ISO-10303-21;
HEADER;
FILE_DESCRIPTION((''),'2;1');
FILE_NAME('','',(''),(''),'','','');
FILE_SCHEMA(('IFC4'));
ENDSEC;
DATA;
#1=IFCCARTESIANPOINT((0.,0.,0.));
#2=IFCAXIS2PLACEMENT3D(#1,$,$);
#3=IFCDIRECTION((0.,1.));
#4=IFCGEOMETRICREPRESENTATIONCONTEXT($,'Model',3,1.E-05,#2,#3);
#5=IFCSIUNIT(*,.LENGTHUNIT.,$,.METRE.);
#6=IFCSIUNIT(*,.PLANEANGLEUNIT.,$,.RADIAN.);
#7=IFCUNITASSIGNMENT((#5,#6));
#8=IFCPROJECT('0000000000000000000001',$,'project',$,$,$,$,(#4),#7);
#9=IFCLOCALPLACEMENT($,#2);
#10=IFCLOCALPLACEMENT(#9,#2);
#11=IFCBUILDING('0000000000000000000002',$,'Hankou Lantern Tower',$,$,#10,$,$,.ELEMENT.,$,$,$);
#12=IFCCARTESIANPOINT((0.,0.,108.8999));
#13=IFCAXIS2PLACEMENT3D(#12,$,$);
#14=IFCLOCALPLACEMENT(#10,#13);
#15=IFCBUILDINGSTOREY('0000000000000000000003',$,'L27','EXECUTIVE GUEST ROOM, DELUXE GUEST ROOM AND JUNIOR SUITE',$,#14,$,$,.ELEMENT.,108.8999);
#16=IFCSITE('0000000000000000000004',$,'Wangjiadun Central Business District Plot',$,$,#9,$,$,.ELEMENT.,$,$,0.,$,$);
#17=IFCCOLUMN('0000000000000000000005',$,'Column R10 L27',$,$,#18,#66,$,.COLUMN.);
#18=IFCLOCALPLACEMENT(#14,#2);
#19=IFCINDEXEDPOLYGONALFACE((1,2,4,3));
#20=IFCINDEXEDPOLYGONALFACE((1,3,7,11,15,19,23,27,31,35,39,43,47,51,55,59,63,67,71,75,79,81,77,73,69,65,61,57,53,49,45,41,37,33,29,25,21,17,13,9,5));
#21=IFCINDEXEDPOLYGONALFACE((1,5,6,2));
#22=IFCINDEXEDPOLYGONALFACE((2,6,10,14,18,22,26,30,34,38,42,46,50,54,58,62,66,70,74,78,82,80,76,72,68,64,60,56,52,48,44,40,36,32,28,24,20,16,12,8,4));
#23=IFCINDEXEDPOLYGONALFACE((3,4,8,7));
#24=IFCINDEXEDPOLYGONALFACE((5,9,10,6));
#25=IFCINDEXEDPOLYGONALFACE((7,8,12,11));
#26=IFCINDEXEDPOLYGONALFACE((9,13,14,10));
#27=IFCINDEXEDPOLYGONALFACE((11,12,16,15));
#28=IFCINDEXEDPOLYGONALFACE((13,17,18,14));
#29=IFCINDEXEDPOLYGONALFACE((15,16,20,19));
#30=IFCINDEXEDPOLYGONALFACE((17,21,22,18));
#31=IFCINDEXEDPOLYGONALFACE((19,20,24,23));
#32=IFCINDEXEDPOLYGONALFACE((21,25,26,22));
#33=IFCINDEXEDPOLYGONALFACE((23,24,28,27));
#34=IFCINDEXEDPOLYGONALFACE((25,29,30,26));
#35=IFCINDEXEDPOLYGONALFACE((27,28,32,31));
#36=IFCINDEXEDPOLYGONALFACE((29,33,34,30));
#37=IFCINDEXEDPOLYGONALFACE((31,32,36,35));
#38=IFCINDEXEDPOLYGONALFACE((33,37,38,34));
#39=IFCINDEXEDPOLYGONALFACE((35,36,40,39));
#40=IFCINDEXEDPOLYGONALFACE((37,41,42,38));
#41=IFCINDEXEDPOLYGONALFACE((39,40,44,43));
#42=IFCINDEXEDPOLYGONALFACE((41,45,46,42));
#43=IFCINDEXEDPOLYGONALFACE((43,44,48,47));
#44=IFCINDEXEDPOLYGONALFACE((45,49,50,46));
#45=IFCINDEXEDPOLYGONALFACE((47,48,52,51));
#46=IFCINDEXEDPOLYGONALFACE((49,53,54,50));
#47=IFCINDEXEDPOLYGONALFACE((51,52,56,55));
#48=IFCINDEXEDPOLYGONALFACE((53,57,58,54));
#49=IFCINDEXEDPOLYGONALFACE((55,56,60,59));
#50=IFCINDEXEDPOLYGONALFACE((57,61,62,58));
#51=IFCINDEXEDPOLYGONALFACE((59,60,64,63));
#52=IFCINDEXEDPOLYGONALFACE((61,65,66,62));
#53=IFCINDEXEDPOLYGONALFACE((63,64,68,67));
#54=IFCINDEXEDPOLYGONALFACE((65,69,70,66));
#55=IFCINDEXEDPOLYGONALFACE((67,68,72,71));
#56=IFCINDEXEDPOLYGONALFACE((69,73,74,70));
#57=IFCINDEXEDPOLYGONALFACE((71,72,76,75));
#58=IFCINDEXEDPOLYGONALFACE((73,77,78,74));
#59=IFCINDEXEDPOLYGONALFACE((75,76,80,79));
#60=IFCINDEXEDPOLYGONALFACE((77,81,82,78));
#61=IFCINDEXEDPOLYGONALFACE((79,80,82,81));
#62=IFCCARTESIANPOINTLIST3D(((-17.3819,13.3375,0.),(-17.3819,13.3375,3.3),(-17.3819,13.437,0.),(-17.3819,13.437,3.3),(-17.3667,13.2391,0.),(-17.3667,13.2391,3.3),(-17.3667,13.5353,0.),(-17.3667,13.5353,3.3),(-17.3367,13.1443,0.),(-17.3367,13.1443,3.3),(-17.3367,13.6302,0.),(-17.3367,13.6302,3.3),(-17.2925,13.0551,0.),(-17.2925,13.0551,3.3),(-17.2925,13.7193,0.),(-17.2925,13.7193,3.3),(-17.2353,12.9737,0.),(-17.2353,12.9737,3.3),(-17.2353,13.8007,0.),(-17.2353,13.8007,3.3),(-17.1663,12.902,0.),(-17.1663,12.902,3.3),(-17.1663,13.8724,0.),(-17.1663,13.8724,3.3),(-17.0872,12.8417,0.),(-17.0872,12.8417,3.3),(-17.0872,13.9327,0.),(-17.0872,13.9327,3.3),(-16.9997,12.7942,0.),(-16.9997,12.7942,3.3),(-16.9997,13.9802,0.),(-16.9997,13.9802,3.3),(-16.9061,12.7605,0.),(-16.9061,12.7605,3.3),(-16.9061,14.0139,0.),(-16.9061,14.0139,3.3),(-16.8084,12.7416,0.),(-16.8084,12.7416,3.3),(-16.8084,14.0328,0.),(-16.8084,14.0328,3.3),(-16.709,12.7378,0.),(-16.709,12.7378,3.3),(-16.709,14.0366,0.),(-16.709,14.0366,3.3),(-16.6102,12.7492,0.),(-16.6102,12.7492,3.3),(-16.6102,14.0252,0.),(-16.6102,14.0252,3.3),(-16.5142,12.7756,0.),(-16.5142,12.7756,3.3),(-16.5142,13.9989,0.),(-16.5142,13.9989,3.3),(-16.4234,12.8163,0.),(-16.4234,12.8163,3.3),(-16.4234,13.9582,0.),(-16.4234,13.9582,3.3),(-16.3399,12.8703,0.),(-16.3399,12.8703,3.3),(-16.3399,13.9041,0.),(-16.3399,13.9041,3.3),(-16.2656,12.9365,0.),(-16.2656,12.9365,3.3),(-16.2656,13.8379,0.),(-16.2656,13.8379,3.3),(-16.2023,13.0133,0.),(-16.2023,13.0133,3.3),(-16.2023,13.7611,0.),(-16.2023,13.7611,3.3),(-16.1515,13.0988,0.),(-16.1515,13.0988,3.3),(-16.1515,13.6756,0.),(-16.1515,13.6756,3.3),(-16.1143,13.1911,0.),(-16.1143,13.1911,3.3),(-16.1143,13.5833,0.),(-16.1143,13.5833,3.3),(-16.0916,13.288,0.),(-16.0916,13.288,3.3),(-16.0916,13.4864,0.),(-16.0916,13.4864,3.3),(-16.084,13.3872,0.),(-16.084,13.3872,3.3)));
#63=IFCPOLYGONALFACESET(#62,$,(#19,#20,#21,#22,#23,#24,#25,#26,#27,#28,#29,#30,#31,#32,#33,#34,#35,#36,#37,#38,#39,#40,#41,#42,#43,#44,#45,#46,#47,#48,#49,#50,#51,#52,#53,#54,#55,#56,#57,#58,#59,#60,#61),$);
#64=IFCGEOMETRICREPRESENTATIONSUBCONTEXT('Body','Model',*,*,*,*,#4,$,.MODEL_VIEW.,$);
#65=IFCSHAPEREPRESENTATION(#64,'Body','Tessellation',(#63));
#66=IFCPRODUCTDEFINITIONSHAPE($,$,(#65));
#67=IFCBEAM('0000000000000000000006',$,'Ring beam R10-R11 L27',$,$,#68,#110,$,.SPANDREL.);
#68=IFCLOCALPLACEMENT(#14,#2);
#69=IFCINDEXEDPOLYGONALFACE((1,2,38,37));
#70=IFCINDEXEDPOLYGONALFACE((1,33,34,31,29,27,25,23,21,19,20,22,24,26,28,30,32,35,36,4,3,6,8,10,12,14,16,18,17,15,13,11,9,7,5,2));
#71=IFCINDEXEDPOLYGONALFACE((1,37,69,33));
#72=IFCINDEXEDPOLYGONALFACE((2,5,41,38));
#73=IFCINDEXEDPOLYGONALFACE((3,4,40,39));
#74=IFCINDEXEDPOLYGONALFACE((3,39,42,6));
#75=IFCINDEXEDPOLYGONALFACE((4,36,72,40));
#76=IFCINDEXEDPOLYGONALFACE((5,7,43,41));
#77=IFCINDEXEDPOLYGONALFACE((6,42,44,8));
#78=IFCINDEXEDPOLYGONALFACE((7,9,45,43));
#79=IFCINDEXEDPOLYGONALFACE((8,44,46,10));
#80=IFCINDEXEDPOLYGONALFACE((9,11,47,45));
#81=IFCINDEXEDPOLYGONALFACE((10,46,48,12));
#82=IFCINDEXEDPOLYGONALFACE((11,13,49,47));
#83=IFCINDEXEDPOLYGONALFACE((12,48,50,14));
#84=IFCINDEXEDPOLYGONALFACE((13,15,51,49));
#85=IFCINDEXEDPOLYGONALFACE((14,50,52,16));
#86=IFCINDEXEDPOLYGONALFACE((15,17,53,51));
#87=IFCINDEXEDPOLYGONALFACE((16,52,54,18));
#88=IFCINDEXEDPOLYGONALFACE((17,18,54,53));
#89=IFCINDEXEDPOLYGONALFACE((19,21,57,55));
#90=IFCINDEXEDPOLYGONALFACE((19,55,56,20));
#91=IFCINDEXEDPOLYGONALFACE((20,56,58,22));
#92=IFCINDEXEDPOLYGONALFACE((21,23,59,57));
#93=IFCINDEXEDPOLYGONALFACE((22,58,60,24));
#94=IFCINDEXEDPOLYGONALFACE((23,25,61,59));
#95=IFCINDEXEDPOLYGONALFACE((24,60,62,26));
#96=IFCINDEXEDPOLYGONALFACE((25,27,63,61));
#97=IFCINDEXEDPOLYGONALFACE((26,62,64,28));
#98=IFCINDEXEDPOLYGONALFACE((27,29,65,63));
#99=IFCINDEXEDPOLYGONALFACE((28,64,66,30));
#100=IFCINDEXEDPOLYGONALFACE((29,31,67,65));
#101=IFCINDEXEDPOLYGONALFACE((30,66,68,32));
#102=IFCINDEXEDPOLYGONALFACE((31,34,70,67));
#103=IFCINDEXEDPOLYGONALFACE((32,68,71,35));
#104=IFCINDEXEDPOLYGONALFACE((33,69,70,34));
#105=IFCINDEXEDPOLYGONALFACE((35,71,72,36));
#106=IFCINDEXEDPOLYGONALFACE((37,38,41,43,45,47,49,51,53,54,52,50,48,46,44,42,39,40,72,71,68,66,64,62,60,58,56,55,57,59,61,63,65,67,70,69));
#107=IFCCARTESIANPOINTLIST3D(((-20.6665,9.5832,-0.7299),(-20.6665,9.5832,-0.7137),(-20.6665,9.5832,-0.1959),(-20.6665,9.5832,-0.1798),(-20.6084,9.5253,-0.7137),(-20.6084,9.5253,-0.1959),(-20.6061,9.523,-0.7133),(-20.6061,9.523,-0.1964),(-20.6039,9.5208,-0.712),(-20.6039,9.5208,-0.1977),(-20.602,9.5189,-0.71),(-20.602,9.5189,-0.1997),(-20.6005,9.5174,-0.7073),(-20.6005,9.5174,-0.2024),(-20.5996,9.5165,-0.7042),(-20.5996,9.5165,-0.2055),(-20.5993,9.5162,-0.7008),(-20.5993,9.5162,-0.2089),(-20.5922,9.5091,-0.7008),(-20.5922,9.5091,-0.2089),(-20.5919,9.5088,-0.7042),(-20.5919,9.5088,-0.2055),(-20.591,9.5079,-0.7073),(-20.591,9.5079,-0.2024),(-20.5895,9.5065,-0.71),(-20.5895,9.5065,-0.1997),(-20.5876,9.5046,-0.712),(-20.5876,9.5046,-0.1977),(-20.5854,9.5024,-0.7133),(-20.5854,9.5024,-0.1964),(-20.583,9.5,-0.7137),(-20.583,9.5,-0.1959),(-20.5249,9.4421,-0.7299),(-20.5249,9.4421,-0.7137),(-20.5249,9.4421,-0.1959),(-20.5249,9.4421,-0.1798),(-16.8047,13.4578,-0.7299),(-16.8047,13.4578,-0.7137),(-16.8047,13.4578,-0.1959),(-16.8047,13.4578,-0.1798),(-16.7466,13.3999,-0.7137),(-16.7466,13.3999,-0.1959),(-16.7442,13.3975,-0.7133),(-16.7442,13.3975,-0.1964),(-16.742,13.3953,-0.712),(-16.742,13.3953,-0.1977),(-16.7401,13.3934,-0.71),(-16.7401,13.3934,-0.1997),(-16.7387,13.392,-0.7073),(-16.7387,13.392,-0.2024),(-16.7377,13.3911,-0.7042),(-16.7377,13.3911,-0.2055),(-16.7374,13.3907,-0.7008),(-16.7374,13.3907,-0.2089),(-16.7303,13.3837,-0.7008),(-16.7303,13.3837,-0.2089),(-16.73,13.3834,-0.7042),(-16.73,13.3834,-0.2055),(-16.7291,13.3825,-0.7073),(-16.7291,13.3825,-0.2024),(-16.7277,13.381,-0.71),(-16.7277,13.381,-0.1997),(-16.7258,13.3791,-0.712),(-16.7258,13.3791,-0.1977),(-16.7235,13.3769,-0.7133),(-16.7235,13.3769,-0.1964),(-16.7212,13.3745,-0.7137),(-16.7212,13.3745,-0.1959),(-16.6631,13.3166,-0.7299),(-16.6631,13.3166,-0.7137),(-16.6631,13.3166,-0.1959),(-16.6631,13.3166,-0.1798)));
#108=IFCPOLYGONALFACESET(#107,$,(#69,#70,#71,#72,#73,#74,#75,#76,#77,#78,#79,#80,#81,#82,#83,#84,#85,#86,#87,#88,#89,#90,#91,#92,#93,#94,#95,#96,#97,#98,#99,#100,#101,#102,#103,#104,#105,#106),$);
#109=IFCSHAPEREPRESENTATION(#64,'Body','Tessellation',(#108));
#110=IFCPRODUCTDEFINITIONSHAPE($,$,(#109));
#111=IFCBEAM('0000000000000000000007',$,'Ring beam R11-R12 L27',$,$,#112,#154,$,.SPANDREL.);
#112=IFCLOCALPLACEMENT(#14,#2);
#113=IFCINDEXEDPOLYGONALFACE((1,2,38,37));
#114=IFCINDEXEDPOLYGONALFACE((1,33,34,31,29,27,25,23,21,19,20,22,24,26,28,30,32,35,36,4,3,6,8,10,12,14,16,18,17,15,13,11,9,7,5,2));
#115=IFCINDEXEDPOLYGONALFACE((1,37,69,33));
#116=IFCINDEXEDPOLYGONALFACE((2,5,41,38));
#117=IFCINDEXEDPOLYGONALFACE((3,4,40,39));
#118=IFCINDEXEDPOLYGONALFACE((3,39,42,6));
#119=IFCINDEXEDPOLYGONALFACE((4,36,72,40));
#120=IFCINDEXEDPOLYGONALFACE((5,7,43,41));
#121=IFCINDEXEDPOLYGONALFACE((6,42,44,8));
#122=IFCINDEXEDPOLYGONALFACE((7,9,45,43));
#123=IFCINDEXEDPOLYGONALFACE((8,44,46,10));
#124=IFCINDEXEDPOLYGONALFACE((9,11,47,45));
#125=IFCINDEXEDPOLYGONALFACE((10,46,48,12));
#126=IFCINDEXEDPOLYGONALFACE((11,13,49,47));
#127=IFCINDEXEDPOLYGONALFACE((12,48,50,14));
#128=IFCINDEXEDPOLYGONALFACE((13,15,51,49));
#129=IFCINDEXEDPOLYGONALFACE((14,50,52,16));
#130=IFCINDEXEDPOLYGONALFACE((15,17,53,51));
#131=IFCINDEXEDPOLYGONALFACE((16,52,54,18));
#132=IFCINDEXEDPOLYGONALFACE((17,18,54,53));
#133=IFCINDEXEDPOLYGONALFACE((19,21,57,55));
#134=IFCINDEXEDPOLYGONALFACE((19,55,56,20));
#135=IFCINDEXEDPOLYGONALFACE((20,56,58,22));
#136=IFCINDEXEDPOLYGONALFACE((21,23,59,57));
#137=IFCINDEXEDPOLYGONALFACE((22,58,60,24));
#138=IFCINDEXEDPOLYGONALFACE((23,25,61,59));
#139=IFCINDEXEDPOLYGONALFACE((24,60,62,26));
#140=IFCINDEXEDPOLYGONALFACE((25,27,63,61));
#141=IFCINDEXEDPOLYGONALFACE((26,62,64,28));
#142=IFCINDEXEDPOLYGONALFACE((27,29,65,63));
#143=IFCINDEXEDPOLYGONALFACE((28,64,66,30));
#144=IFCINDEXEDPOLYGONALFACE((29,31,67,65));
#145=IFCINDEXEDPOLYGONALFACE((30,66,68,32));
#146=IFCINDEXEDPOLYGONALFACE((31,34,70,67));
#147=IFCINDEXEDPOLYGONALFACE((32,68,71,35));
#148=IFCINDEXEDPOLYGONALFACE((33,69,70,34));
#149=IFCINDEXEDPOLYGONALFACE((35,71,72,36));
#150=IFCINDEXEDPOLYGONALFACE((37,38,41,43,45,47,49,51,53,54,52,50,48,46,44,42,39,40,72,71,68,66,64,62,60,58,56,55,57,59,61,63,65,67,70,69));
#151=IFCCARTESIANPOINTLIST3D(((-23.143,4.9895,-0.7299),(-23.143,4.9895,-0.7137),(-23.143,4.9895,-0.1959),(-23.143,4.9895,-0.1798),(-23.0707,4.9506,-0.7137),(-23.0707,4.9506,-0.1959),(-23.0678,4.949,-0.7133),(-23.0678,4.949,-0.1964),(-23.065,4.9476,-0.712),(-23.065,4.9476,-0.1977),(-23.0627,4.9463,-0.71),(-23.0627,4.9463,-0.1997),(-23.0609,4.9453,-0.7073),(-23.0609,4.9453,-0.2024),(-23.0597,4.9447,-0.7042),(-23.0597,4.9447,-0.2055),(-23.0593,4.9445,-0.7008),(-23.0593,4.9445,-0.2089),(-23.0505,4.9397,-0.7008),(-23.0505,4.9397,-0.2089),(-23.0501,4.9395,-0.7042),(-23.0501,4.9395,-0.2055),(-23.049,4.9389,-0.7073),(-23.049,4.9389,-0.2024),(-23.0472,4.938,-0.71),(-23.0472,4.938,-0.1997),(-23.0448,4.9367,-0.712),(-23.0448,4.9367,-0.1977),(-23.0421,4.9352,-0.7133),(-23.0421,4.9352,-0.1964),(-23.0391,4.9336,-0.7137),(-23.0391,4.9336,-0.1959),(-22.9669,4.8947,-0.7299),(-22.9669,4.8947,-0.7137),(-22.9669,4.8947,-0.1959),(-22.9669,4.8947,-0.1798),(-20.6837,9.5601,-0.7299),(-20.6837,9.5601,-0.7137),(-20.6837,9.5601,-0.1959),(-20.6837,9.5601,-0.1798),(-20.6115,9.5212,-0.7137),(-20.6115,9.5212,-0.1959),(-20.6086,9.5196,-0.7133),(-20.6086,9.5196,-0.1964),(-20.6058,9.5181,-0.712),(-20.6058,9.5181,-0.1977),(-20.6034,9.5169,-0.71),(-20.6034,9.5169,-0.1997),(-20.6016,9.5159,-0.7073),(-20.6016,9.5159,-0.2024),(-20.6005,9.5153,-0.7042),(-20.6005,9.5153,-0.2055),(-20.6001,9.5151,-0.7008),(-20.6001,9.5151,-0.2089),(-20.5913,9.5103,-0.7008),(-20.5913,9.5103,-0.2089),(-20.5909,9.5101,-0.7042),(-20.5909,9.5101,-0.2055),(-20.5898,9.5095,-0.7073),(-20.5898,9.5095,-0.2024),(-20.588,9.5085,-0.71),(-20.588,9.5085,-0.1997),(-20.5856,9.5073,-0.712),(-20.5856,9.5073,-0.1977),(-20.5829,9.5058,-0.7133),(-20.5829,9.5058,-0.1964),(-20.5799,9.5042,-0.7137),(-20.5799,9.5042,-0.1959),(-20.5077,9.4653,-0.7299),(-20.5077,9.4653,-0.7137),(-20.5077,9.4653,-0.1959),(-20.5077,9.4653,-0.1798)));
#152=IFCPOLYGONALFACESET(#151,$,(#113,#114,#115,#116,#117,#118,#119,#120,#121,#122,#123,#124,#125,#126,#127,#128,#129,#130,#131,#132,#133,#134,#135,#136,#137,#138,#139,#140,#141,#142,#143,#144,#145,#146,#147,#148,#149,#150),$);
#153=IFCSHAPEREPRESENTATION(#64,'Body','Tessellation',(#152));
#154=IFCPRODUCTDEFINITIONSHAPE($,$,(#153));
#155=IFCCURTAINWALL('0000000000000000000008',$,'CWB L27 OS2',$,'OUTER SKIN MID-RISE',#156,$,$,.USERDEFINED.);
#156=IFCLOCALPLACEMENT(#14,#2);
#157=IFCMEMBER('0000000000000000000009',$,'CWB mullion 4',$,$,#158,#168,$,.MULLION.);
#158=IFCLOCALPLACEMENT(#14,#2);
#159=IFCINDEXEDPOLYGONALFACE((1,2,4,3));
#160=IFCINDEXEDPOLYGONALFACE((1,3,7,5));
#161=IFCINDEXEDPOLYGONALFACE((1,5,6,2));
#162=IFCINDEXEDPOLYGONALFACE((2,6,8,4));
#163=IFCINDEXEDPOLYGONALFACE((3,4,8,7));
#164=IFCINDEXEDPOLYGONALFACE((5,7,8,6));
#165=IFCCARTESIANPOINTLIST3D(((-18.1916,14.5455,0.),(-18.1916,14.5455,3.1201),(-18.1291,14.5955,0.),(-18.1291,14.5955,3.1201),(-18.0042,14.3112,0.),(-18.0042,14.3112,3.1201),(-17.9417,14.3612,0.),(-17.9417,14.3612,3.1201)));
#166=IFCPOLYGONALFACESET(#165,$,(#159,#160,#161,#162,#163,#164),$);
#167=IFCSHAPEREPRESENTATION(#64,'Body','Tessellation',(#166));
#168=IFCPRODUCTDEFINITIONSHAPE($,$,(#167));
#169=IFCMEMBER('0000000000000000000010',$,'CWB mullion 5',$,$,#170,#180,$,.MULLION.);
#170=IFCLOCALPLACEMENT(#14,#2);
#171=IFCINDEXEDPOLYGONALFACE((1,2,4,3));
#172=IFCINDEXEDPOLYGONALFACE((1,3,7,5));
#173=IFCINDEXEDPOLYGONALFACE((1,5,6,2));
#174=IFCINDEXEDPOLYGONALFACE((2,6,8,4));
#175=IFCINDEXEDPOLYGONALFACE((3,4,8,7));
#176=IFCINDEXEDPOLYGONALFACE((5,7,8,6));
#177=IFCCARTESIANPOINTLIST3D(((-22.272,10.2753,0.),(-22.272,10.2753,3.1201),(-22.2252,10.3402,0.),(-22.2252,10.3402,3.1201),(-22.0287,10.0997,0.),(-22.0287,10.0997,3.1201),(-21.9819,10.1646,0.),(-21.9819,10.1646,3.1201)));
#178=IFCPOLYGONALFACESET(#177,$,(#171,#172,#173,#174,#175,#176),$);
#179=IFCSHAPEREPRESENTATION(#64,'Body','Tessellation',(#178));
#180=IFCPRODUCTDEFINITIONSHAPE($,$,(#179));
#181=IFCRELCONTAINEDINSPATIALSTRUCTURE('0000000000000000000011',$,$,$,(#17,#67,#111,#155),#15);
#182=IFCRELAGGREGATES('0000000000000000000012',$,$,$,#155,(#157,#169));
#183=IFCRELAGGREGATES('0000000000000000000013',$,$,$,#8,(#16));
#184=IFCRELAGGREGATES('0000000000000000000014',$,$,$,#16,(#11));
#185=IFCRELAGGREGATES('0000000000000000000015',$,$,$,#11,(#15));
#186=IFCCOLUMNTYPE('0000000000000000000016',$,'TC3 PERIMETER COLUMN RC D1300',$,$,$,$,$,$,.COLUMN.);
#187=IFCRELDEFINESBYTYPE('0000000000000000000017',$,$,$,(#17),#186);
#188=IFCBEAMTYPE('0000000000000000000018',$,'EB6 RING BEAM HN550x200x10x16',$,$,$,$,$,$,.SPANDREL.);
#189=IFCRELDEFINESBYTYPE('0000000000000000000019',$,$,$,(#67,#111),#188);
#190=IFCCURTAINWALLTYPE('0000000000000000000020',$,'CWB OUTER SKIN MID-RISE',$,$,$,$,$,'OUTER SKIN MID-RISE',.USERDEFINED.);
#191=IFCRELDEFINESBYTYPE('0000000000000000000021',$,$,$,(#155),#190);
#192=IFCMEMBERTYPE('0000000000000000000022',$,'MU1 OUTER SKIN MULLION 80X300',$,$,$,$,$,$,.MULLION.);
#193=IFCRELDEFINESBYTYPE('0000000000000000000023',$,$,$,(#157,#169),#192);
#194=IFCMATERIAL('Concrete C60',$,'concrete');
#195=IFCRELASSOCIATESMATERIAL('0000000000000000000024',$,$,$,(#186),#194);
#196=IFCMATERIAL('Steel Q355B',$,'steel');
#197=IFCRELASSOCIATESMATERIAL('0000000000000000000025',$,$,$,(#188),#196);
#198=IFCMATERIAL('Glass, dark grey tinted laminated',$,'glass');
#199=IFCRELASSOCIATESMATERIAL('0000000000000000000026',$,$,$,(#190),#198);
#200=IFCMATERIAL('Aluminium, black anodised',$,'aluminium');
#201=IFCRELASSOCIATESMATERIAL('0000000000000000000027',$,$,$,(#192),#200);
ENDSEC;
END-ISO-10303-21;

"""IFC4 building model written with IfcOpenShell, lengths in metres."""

from ifc_helpers import new_model, si_unit, direction, frame, origin, origin_2d, place, context, subcontext, project, spatial, rectangle, circle, i_section, extrude, material, material_profile, profile_set, type_object, element, aggregate, save


model = new_model("IFC4")

# Units and contexts
model_context = context("Model", 3, precision=1e-05, world=origin(), true_north=direction((0.0, 1.0)))
body_context = subcontext(model_context, "Body", "Model", "MODEL_VIEW")
ifc_project = project(units=[si_unit("LENGTHUNIT", "METRE"), si_unit("PLANEANGLEUNIT", "RADIAN")], contexts=[model_context])

# Site, building, storey
site_placement = place(None, origin())
site = spatial("IfcSite", under=ifc_project, at=site_placement, Name="Wangjiadun Central Business District Plot", CompositionType="ELEMENT", RefElevation=0.0)
building_placement = place(site_placement, origin())
building = spatial("IfcBuilding", under=site, at=building_placement, Name="Hankou Lantern Tower", CompositionType="ELEMENT")
storey_placement = place(building_placement, frame((0.0, 0.0, 108.8999)))
storey = spatial("IfcBuildingStorey", under=building, at=storey_placement, Name="L27", Description="EXECUTIVE GUEST ROOM, DELUXE GUEST ROOM AND JUNIOR SUITE", CompositionType="ELEMENT", Elevation=108.8999)

# Column
ifc_material_1 = material(Name="Concrete C60", Category="concrete")
ifc_material_profile_1 = material_profile(ifc_material_1, circle(Radius=0.6499, at=origin_2d()), Name="RC D1300")
ifc_profile_set_1 = profile_set([ifc_material_profile_1], Name="Concrete C60")
column_type = type_object("IfcColumnType", Name="TC3 PERIMETER COLUMN RC D1300", PredefinedType="COLUMN", material=ifc_profile_set_1)
column_placement = place(storey_placement, frame((-16.7339, 13.3872, 0.0), z_axis=(0.0, 0.0, 1.0), x_axis=(1.0, 0.0, 0.0)))
element("IfcColumn", 1, at=column_placement, inside=storey, type_object=column_type, Name="Column R10 L27", PredefinedType="COLUMN", context=body_context, shape_type="SweptSolid", body=[
    extrude(circle(Radius=0.6499, at=origin_2d()), origin(), (0.0, 0.0, 1.0), 3.3),
])

# Beams
ifc_material_2 = material(Name="Steel Q355B", Category="steel")
ifc_material_profile_2 = material_profile(ifc_material_2, i_section(OverallWidth=0.2, OverallDepth=0.55, WebThickness=0.01, FlangeThickness=0.0161, FilletRadius=0.0129, at=origin_2d()), Name="HN550x200x10x16")
ifc_profile_set_2 = profile_set([ifc_material_profile_2], Name="Steel Q355B")
beam_type_1 = type_object("IfcBeamType", Name="EB6 RING BEAM HN550x200x10x16", PredefinedType="SPANDREL", material=ifc_profile_set_2)
beam_1_placement = place(storey_placement, frame((-16.7339, 13.3872, -0.4548), z_axis=(-0.705945, -0.708266, 0.0), x_axis=(0.708266, -0.705945, 0.0)))
element("IfcBeam", 2, at=beam_1_placement, inside=storey, type_object=beam_type_1, Name="Ring beam R10-R11 L27", PredefinedType="SPANDREL", context=body_context, shape_type="SweptSolid", body=[
    extrude(i_section(OverallWidth=0.2, OverallDepth=0.55, WebThickness=0.01, FlangeThickness=0.0161, FilletRadius=0.0129, at=origin_2d()), origin(), (0.0, 0.0, 1.0), 5.4705),
])
beam_2_placement = place(storey_placement, frame((-20.5957, 9.5127, -0.4548), z_axis=(-0.473825, -0.880619, 0.0), x_axis=(0.880619, -0.473825, 0.0)))
element("IfcBeam", 3, at=beam_2_placement, inside=storey, type_object=beam_type_1, Name="Ring beam R11-R12 L27", PredefinedType="SPANDREL", context=body_context, shape_type="SweptSolid", body=[
    extrude(i_section(OverallWidth=0.2, OverallDepth=0.55, WebThickness=0.01, FlangeThickness=0.0161, FilletRadius=0.0129, at=origin_2d()), origin(), (0.0, 0.0, 1.0), 5.1902),
])

# Curtain wall, members
ifc_material_3 = material(Name="Glass, dark grey tinted laminated", Category="glass")
curtain_wall_type = type_object("IfcCurtainWallType", Name="CWB OUTER SKIN MID-RISE", ElementType="OUTER SKIN MID-RISE", PredefinedType="USERDEFINED", material=ifc_material_3)
curtain_wall_placement = place(storey_placement, origin())
curtain_wall = element("IfcCurtainWall", 4, at=curtain_wall_placement, inside=storey, type_object=curtain_wall_type, Name="CWB L27 OS2", ObjectType="OUTER SKIN MID-RISE", PredefinedType="USERDEFINED")
ifc_material_4 = material(Name="Aluminium, black anodised", Category="aluminium")
ifc_material_profile_3 = material_profile(ifc_material_4, rectangle(XDim=0.0801, YDim=0.3, at=origin_2d()), Name="MU1 80X300")
ifc_profile_set_3 = profile_set([ifc_material_profile_3], Name="Aluminium, black anodised")
member_type_1 = type_object("IfcMemberType", Name="MU1 OUTER SKIN MULLION 80X300", PredefinedType="MULLION", material=ifc_profile_set_3)
member_1_placement = place(storey_placement, frame((-18.0667, 14.4534, 0.0), z_axis=(0.0, 0.0, 1.0), x_axis=(-0.780869, -0.624695, 0.0)))
member_1 = element("IfcMember", 5, at=member_1_placement, type_object=member_type_1, Name="CWB mullion 4", PredefinedType="MULLION", context=body_context, shape_type="SweptSolid", body=[
    extrude(rectangle(XDim=0.0801, YDim=0.3, at=origin_2d()), origin(), (0.0, 0.0, 1.0), 3.1201),
])
member_2_placement = place(storey_placement, frame((-22.127, 10.22, 0.0), z_axis=(0.0, 0.0, 1.0), x_axis=(-0.585206, -0.810885, 0.0)))
member_2 = element("IfcMember", 6, at=member_2_placement, type_object=member_type_1, Name="CWB mullion 5", PredefinedType="MULLION", context=body_context, shape_type="SweptSolid", body=[
    extrude(rectangle(XDim=0.0801, YDim=0.3, at=origin_2d()), origin(), (0.0, 0.0, 1.0), 3.1201),
])

aggregate(curtain_wall, [member_1, member_2])

save(model, "model.ifc")
